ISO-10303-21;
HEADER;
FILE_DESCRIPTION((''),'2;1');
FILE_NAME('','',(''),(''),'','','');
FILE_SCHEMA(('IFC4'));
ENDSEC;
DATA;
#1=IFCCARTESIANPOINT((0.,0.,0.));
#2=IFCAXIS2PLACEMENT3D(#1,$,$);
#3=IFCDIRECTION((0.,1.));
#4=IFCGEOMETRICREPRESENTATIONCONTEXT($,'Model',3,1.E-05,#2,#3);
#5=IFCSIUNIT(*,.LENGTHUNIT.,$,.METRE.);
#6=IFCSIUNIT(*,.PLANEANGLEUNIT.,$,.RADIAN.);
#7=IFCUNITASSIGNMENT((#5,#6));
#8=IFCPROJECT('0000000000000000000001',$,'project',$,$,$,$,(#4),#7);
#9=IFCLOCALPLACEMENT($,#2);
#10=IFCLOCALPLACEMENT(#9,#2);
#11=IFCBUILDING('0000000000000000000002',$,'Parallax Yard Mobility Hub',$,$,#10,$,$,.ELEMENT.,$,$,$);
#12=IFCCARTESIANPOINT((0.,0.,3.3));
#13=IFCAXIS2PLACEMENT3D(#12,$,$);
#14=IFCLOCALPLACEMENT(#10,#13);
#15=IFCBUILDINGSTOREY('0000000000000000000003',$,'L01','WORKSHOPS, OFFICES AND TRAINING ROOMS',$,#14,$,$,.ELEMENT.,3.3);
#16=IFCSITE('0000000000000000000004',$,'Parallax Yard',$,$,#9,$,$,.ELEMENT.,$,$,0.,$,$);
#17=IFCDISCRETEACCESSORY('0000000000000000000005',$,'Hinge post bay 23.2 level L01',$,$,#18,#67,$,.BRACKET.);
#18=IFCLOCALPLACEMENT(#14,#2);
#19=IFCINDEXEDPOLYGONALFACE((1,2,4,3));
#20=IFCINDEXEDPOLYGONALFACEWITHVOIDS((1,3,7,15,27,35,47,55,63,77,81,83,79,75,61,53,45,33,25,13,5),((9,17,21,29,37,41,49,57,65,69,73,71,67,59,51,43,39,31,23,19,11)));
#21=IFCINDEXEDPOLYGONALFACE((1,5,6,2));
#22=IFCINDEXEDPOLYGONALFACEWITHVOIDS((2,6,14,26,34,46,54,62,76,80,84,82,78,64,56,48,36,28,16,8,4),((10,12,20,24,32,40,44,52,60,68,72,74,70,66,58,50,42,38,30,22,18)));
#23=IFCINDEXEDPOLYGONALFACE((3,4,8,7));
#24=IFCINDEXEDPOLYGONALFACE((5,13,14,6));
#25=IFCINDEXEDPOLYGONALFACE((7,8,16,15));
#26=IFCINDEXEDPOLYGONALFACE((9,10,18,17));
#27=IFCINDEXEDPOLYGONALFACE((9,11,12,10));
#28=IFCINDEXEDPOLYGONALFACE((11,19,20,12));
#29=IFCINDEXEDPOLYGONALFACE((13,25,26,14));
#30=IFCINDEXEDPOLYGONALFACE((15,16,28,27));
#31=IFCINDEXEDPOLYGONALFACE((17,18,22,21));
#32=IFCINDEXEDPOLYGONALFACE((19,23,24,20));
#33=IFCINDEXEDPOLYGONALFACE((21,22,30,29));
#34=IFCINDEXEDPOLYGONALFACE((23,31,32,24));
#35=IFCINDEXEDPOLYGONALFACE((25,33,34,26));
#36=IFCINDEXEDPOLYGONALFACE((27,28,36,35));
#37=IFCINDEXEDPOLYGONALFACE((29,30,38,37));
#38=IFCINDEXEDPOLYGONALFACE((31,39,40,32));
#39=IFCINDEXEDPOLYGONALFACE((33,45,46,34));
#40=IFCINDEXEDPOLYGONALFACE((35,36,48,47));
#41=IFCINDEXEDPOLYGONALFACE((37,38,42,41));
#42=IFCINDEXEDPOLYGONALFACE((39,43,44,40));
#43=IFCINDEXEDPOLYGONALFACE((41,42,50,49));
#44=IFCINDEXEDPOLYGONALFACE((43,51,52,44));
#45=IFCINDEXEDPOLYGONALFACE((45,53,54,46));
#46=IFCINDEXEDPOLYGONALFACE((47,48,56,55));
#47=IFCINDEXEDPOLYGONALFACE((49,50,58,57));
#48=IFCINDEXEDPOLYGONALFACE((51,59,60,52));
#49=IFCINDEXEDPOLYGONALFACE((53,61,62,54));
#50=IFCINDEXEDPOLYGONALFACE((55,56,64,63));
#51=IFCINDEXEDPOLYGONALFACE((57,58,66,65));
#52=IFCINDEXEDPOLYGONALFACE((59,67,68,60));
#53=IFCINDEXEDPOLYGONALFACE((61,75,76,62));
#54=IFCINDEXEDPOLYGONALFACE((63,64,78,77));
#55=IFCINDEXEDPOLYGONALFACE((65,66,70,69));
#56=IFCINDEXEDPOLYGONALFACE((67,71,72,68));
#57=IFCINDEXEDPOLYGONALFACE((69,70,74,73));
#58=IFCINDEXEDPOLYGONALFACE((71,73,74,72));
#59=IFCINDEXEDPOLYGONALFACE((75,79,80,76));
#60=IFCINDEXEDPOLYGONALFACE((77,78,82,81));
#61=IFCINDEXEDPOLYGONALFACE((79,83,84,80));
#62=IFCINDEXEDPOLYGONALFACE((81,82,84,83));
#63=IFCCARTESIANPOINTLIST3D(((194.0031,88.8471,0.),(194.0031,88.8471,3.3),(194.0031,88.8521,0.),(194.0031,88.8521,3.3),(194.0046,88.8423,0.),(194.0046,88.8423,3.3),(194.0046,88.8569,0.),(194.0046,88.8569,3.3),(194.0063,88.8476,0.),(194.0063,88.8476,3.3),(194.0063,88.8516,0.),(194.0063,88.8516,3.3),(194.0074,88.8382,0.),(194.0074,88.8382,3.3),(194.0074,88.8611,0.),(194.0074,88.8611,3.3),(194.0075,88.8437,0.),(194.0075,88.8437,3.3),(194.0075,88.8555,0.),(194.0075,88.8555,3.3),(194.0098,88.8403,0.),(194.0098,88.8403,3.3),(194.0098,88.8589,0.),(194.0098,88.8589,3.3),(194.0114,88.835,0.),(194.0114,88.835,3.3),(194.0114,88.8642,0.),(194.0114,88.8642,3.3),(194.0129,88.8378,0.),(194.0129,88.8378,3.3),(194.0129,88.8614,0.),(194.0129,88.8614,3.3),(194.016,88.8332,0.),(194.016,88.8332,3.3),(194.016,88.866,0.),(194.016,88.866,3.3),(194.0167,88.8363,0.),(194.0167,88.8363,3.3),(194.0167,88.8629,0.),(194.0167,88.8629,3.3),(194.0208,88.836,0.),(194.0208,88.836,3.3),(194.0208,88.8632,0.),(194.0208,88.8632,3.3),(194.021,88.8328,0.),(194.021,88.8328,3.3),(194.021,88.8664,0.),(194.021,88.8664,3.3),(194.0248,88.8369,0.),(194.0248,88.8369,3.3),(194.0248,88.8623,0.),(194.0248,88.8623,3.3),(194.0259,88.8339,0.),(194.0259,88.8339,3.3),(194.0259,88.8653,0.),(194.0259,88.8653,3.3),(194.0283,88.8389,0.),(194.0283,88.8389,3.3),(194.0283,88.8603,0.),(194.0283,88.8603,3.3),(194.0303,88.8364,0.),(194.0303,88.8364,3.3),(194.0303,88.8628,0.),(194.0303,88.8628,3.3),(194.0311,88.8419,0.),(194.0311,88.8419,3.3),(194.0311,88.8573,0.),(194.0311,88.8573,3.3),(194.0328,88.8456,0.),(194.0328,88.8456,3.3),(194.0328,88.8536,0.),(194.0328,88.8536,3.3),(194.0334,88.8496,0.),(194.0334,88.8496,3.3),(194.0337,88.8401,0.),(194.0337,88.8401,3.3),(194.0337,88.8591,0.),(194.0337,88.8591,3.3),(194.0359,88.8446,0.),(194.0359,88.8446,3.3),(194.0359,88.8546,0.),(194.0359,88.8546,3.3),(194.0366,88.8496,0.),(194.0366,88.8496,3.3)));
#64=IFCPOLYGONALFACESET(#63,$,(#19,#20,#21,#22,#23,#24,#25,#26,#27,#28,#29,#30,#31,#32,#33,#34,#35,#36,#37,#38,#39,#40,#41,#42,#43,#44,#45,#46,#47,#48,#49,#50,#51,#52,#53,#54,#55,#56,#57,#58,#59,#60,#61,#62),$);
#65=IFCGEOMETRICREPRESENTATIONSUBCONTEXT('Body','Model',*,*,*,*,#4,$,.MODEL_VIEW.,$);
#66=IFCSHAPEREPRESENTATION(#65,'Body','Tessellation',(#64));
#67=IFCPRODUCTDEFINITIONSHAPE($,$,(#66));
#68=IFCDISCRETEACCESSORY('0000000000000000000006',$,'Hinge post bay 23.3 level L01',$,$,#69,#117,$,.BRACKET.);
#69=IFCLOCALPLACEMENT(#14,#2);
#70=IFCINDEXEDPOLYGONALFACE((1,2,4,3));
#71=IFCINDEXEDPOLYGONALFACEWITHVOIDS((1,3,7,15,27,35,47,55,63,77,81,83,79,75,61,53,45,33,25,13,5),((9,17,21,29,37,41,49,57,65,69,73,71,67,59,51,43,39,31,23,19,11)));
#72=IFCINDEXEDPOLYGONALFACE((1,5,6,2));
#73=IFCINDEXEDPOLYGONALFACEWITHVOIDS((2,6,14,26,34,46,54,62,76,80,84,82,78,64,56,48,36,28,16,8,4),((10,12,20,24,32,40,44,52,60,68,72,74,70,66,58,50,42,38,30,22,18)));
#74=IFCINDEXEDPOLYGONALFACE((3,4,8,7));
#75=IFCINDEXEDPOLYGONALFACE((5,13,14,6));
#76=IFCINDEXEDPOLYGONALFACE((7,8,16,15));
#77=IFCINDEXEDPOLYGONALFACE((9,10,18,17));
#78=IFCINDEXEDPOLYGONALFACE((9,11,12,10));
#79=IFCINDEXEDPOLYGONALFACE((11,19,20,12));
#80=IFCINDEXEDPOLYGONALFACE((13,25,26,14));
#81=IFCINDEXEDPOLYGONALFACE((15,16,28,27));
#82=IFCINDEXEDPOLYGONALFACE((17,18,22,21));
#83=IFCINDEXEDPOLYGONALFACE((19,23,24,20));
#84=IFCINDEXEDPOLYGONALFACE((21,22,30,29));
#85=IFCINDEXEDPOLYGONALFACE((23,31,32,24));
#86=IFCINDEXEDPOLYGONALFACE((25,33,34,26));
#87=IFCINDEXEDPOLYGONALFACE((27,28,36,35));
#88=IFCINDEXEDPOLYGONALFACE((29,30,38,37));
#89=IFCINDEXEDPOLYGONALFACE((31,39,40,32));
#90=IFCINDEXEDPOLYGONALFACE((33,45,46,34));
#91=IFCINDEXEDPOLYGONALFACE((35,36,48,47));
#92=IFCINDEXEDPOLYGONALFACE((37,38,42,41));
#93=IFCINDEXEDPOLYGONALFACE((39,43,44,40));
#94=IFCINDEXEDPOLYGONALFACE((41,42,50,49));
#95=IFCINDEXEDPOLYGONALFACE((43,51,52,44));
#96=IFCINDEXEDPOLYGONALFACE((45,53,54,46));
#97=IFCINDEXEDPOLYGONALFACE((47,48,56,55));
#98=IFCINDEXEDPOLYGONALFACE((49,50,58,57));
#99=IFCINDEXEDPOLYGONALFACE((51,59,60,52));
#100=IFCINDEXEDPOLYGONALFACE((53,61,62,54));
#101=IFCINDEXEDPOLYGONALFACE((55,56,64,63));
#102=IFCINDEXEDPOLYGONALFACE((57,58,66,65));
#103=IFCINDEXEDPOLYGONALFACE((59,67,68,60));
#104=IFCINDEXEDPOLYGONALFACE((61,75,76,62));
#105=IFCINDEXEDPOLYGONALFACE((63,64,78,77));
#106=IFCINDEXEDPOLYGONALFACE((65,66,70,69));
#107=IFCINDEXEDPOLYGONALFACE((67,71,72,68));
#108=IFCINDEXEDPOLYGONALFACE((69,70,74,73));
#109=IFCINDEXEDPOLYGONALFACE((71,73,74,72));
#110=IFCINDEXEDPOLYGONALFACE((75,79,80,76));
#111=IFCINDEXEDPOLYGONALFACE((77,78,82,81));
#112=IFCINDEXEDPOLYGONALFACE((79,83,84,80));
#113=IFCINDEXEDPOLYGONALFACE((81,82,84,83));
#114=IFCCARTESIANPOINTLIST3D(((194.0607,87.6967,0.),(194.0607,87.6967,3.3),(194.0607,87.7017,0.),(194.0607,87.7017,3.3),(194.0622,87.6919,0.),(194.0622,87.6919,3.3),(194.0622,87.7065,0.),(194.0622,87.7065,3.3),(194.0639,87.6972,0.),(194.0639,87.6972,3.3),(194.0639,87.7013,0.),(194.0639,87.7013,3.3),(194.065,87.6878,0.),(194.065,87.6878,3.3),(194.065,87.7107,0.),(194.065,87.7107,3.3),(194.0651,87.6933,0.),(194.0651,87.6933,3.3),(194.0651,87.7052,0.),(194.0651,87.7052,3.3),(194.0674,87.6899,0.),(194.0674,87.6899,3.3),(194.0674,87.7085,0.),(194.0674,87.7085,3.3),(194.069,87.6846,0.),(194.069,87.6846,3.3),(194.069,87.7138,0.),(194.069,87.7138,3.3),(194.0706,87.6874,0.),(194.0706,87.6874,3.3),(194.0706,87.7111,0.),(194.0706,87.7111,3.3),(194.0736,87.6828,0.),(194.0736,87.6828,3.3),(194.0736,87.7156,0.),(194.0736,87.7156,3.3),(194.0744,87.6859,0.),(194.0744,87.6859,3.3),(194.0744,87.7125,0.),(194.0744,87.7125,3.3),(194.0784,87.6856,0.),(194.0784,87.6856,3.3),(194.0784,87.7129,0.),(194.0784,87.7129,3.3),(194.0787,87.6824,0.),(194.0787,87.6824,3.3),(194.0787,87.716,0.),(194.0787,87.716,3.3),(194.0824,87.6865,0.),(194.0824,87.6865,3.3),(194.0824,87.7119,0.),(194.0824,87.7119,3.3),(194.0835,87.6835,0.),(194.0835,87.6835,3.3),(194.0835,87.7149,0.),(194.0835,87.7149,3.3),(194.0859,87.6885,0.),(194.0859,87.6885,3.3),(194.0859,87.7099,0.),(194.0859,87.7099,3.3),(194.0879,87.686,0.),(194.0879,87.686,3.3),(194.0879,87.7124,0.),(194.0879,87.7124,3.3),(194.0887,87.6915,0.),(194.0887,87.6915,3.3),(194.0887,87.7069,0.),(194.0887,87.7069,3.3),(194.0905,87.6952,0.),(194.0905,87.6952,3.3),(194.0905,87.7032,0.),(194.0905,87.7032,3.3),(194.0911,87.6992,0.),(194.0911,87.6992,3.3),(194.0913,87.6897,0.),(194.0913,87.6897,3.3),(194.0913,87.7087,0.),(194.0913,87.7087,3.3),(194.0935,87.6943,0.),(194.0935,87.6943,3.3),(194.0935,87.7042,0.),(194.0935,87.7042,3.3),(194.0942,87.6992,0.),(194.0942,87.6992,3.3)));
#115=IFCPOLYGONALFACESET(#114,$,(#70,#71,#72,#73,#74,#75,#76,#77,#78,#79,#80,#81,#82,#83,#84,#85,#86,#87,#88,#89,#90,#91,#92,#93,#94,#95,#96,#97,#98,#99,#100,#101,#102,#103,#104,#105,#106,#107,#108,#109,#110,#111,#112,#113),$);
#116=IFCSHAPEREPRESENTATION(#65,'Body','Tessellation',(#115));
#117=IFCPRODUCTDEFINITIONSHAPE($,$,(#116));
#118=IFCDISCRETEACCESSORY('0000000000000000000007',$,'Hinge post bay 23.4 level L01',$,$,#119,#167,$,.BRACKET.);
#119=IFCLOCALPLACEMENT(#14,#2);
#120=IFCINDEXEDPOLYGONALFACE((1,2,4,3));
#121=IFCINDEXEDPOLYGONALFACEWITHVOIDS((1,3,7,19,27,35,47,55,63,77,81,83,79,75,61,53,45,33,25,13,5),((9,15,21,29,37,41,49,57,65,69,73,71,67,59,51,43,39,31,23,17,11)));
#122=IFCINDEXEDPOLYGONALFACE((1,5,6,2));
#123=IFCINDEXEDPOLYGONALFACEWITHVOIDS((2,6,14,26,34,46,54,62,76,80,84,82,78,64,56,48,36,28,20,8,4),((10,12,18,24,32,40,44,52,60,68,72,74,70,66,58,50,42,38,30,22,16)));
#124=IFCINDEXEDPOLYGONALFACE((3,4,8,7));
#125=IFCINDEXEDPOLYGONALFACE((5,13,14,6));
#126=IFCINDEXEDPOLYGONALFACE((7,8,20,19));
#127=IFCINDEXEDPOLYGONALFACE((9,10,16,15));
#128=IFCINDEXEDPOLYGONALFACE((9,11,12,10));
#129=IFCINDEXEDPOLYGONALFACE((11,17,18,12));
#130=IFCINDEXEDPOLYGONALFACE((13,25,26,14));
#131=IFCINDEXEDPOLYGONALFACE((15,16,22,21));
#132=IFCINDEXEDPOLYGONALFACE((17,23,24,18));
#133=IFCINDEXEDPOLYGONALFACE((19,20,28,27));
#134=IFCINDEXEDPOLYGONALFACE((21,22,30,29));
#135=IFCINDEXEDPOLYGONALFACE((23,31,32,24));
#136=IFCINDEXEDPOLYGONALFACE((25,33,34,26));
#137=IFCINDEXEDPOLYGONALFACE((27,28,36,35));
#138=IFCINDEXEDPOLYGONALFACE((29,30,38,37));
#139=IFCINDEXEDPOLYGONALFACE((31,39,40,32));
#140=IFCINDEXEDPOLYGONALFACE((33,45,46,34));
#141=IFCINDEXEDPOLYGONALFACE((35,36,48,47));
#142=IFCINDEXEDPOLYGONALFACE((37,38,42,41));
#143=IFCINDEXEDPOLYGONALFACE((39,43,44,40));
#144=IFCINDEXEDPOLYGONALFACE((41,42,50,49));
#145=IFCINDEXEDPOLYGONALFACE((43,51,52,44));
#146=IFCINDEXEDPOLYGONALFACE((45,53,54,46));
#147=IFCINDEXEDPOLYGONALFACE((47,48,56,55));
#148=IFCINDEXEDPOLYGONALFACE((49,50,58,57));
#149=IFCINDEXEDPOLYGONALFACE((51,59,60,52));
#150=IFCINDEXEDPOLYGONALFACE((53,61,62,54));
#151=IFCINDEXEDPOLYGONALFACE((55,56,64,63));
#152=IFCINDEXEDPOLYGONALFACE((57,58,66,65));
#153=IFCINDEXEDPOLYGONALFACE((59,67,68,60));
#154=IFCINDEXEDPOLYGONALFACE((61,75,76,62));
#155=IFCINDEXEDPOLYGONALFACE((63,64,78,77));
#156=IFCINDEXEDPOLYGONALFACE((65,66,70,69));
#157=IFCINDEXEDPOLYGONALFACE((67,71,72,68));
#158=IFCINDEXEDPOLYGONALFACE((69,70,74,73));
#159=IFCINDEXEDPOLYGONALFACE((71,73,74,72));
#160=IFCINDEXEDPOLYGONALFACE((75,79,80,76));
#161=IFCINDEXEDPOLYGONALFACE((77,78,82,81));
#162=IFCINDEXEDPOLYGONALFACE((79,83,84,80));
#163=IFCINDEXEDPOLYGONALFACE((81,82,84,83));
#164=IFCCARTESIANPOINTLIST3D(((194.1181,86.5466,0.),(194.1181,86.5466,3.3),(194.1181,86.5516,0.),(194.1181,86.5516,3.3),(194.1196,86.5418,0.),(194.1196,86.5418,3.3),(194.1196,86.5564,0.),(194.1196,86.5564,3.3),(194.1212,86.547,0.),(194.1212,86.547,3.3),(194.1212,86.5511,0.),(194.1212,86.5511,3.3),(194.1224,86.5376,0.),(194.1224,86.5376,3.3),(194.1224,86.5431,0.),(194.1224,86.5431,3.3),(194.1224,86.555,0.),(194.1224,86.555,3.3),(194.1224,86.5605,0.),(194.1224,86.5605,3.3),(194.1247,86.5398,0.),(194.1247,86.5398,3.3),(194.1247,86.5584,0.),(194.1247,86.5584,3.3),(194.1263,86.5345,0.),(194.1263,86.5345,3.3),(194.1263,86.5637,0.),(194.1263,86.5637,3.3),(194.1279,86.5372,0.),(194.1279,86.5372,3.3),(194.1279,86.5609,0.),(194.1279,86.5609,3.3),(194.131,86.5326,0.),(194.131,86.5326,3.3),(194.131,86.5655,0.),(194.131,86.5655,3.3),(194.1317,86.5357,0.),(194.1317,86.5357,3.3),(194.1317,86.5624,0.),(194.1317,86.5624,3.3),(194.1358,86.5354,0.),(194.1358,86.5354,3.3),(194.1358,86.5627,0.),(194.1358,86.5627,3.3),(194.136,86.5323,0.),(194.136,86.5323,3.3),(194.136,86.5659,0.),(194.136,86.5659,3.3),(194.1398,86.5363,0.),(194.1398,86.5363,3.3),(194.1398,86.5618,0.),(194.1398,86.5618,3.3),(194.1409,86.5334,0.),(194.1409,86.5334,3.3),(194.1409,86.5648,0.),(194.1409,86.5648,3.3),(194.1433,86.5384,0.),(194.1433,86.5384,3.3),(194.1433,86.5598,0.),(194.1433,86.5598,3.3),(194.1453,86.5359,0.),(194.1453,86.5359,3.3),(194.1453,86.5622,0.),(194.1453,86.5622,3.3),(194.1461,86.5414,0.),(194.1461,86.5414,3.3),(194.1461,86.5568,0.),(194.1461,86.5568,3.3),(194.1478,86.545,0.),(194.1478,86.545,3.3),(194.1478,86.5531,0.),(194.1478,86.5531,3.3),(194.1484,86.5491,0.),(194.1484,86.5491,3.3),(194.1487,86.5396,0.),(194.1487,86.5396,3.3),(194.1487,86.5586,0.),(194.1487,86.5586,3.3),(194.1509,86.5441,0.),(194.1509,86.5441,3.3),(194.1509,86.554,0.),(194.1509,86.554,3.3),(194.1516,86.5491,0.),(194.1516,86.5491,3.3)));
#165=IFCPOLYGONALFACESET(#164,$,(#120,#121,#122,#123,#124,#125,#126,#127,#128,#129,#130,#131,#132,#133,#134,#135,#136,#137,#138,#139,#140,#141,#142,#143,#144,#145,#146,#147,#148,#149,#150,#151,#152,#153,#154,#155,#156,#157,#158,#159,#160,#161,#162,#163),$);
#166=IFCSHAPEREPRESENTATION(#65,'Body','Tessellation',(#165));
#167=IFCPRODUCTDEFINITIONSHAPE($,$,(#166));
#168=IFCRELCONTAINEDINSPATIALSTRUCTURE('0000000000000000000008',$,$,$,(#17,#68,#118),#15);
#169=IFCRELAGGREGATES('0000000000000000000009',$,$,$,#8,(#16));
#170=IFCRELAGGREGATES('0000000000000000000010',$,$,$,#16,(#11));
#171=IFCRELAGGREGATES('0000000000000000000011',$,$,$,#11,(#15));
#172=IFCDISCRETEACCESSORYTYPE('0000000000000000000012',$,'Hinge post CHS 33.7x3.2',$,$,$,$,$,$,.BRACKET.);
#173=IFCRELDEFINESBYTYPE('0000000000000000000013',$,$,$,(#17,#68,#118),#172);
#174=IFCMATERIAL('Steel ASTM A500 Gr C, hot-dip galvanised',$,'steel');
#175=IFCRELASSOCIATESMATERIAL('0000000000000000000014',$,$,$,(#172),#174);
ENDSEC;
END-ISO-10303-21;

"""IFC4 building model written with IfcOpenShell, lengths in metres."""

from ifc_helpers import new_model, si_unit, direction, frame, origin, origin_2d, place, context, subcontext, project, spatial, hollow_circle, extrude, material, material_profile, profile_set, type_object, element, save


model = new_model("IFC4")

# Units and contexts
model_context = context("Model", 3, precision=1e-05, world=origin(), true_north=direction((0.0, 1.0)))
body_context = subcontext(model_context, "Body", "Model", "MODEL_VIEW")
ifc_project = project(units=[si_unit("LENGTHUNIT", "METRE"), si_unit("PLANEANGLEUNIT", "RADIAN")], contexts=[model_context])

# Site, building, storey
site_placement = place(None, origin())
site = spatial("IfcSite", under=ifc_project, at=site_placement, Name="Parallax Yard", CompositionType="ELEMENT", RefElevation=0.0)
building_placement = place(site_placement, origin())
building = spatial("IfcBuilding", under=site, at=building_placement, Name="Parallax Yard Mobility Hub", CompositionType="ELEMENT")
storey_placement = place(building_placement, frame((0.0, 0.0, 3.3)))
storey = spatial("IfcBuildingStorey", under=building, at=storey_placement, Name="L01", Description="WORKSHOPS, OFFICES AND TRAINING ROOMS", CompositionType="ELEMENT", Elevation=3.3)

# Discrete accessories
ifc_material_1 = material(Name="Steel ASTM A500 Gr C, hot-dip galvanised", Category="steel")
ifc_material_profile_1 = material_profile(ifc_material_1, hollow_circle(Radius=0.0168, WallThickness=0.0032, at=origin_2d()), Name="CHS 33.7x3.2")
ifc_profile_set_1 = profile_set([ifc_material_profile_1], Name="Steel ASTM A500 Gr C, hot-dip galvanised")
discrete_accessory_type_1 = type_object("IfcDiscreteAccessoryType", Name="Hinge post CHS 33.7x3.2", PredefinedType="BRACKET", material=ifc_profile_set_1)
for number, where, z_axis, x_axis, name in (
    (1, (194.0198, 88.8496, 0.0), (0.0, 0.0, 1.0), (1.0, 0.0, 0.0), "Hinge post bay 23.2 level L01"),
    (2, (194.0774, 87.6992, 0.0), (0.0, 0.0, 1.0), (1.0, 0.0, 0.0), "Hinge post bay 23.3 level L01"),
    (3, (194.1348, 86.5491, 0.0), (0.0, 0.0, 1.0), (1.0, 0.0, 0.0), "Hinge post bay 23.4 level L01"),
):
    element("IfcDiscreteAccessory", number, at=place(storey_placement, frame(where, z_axis=z_axis, x_axis=x_axis)), inside=storey, type_object=discrete_accessory_type_1, Name=name, PredefinedType="BRACKET", context=body_context, shape_type="SweptSolid", body=[
        extrude(hollow_circle(Radius=0.0168, WallThickness=0.0032, at=origin_2d()), origin(), (0.0, 0.0, 1.0), 3.3),
    ])

save(model, "model.ifc")
